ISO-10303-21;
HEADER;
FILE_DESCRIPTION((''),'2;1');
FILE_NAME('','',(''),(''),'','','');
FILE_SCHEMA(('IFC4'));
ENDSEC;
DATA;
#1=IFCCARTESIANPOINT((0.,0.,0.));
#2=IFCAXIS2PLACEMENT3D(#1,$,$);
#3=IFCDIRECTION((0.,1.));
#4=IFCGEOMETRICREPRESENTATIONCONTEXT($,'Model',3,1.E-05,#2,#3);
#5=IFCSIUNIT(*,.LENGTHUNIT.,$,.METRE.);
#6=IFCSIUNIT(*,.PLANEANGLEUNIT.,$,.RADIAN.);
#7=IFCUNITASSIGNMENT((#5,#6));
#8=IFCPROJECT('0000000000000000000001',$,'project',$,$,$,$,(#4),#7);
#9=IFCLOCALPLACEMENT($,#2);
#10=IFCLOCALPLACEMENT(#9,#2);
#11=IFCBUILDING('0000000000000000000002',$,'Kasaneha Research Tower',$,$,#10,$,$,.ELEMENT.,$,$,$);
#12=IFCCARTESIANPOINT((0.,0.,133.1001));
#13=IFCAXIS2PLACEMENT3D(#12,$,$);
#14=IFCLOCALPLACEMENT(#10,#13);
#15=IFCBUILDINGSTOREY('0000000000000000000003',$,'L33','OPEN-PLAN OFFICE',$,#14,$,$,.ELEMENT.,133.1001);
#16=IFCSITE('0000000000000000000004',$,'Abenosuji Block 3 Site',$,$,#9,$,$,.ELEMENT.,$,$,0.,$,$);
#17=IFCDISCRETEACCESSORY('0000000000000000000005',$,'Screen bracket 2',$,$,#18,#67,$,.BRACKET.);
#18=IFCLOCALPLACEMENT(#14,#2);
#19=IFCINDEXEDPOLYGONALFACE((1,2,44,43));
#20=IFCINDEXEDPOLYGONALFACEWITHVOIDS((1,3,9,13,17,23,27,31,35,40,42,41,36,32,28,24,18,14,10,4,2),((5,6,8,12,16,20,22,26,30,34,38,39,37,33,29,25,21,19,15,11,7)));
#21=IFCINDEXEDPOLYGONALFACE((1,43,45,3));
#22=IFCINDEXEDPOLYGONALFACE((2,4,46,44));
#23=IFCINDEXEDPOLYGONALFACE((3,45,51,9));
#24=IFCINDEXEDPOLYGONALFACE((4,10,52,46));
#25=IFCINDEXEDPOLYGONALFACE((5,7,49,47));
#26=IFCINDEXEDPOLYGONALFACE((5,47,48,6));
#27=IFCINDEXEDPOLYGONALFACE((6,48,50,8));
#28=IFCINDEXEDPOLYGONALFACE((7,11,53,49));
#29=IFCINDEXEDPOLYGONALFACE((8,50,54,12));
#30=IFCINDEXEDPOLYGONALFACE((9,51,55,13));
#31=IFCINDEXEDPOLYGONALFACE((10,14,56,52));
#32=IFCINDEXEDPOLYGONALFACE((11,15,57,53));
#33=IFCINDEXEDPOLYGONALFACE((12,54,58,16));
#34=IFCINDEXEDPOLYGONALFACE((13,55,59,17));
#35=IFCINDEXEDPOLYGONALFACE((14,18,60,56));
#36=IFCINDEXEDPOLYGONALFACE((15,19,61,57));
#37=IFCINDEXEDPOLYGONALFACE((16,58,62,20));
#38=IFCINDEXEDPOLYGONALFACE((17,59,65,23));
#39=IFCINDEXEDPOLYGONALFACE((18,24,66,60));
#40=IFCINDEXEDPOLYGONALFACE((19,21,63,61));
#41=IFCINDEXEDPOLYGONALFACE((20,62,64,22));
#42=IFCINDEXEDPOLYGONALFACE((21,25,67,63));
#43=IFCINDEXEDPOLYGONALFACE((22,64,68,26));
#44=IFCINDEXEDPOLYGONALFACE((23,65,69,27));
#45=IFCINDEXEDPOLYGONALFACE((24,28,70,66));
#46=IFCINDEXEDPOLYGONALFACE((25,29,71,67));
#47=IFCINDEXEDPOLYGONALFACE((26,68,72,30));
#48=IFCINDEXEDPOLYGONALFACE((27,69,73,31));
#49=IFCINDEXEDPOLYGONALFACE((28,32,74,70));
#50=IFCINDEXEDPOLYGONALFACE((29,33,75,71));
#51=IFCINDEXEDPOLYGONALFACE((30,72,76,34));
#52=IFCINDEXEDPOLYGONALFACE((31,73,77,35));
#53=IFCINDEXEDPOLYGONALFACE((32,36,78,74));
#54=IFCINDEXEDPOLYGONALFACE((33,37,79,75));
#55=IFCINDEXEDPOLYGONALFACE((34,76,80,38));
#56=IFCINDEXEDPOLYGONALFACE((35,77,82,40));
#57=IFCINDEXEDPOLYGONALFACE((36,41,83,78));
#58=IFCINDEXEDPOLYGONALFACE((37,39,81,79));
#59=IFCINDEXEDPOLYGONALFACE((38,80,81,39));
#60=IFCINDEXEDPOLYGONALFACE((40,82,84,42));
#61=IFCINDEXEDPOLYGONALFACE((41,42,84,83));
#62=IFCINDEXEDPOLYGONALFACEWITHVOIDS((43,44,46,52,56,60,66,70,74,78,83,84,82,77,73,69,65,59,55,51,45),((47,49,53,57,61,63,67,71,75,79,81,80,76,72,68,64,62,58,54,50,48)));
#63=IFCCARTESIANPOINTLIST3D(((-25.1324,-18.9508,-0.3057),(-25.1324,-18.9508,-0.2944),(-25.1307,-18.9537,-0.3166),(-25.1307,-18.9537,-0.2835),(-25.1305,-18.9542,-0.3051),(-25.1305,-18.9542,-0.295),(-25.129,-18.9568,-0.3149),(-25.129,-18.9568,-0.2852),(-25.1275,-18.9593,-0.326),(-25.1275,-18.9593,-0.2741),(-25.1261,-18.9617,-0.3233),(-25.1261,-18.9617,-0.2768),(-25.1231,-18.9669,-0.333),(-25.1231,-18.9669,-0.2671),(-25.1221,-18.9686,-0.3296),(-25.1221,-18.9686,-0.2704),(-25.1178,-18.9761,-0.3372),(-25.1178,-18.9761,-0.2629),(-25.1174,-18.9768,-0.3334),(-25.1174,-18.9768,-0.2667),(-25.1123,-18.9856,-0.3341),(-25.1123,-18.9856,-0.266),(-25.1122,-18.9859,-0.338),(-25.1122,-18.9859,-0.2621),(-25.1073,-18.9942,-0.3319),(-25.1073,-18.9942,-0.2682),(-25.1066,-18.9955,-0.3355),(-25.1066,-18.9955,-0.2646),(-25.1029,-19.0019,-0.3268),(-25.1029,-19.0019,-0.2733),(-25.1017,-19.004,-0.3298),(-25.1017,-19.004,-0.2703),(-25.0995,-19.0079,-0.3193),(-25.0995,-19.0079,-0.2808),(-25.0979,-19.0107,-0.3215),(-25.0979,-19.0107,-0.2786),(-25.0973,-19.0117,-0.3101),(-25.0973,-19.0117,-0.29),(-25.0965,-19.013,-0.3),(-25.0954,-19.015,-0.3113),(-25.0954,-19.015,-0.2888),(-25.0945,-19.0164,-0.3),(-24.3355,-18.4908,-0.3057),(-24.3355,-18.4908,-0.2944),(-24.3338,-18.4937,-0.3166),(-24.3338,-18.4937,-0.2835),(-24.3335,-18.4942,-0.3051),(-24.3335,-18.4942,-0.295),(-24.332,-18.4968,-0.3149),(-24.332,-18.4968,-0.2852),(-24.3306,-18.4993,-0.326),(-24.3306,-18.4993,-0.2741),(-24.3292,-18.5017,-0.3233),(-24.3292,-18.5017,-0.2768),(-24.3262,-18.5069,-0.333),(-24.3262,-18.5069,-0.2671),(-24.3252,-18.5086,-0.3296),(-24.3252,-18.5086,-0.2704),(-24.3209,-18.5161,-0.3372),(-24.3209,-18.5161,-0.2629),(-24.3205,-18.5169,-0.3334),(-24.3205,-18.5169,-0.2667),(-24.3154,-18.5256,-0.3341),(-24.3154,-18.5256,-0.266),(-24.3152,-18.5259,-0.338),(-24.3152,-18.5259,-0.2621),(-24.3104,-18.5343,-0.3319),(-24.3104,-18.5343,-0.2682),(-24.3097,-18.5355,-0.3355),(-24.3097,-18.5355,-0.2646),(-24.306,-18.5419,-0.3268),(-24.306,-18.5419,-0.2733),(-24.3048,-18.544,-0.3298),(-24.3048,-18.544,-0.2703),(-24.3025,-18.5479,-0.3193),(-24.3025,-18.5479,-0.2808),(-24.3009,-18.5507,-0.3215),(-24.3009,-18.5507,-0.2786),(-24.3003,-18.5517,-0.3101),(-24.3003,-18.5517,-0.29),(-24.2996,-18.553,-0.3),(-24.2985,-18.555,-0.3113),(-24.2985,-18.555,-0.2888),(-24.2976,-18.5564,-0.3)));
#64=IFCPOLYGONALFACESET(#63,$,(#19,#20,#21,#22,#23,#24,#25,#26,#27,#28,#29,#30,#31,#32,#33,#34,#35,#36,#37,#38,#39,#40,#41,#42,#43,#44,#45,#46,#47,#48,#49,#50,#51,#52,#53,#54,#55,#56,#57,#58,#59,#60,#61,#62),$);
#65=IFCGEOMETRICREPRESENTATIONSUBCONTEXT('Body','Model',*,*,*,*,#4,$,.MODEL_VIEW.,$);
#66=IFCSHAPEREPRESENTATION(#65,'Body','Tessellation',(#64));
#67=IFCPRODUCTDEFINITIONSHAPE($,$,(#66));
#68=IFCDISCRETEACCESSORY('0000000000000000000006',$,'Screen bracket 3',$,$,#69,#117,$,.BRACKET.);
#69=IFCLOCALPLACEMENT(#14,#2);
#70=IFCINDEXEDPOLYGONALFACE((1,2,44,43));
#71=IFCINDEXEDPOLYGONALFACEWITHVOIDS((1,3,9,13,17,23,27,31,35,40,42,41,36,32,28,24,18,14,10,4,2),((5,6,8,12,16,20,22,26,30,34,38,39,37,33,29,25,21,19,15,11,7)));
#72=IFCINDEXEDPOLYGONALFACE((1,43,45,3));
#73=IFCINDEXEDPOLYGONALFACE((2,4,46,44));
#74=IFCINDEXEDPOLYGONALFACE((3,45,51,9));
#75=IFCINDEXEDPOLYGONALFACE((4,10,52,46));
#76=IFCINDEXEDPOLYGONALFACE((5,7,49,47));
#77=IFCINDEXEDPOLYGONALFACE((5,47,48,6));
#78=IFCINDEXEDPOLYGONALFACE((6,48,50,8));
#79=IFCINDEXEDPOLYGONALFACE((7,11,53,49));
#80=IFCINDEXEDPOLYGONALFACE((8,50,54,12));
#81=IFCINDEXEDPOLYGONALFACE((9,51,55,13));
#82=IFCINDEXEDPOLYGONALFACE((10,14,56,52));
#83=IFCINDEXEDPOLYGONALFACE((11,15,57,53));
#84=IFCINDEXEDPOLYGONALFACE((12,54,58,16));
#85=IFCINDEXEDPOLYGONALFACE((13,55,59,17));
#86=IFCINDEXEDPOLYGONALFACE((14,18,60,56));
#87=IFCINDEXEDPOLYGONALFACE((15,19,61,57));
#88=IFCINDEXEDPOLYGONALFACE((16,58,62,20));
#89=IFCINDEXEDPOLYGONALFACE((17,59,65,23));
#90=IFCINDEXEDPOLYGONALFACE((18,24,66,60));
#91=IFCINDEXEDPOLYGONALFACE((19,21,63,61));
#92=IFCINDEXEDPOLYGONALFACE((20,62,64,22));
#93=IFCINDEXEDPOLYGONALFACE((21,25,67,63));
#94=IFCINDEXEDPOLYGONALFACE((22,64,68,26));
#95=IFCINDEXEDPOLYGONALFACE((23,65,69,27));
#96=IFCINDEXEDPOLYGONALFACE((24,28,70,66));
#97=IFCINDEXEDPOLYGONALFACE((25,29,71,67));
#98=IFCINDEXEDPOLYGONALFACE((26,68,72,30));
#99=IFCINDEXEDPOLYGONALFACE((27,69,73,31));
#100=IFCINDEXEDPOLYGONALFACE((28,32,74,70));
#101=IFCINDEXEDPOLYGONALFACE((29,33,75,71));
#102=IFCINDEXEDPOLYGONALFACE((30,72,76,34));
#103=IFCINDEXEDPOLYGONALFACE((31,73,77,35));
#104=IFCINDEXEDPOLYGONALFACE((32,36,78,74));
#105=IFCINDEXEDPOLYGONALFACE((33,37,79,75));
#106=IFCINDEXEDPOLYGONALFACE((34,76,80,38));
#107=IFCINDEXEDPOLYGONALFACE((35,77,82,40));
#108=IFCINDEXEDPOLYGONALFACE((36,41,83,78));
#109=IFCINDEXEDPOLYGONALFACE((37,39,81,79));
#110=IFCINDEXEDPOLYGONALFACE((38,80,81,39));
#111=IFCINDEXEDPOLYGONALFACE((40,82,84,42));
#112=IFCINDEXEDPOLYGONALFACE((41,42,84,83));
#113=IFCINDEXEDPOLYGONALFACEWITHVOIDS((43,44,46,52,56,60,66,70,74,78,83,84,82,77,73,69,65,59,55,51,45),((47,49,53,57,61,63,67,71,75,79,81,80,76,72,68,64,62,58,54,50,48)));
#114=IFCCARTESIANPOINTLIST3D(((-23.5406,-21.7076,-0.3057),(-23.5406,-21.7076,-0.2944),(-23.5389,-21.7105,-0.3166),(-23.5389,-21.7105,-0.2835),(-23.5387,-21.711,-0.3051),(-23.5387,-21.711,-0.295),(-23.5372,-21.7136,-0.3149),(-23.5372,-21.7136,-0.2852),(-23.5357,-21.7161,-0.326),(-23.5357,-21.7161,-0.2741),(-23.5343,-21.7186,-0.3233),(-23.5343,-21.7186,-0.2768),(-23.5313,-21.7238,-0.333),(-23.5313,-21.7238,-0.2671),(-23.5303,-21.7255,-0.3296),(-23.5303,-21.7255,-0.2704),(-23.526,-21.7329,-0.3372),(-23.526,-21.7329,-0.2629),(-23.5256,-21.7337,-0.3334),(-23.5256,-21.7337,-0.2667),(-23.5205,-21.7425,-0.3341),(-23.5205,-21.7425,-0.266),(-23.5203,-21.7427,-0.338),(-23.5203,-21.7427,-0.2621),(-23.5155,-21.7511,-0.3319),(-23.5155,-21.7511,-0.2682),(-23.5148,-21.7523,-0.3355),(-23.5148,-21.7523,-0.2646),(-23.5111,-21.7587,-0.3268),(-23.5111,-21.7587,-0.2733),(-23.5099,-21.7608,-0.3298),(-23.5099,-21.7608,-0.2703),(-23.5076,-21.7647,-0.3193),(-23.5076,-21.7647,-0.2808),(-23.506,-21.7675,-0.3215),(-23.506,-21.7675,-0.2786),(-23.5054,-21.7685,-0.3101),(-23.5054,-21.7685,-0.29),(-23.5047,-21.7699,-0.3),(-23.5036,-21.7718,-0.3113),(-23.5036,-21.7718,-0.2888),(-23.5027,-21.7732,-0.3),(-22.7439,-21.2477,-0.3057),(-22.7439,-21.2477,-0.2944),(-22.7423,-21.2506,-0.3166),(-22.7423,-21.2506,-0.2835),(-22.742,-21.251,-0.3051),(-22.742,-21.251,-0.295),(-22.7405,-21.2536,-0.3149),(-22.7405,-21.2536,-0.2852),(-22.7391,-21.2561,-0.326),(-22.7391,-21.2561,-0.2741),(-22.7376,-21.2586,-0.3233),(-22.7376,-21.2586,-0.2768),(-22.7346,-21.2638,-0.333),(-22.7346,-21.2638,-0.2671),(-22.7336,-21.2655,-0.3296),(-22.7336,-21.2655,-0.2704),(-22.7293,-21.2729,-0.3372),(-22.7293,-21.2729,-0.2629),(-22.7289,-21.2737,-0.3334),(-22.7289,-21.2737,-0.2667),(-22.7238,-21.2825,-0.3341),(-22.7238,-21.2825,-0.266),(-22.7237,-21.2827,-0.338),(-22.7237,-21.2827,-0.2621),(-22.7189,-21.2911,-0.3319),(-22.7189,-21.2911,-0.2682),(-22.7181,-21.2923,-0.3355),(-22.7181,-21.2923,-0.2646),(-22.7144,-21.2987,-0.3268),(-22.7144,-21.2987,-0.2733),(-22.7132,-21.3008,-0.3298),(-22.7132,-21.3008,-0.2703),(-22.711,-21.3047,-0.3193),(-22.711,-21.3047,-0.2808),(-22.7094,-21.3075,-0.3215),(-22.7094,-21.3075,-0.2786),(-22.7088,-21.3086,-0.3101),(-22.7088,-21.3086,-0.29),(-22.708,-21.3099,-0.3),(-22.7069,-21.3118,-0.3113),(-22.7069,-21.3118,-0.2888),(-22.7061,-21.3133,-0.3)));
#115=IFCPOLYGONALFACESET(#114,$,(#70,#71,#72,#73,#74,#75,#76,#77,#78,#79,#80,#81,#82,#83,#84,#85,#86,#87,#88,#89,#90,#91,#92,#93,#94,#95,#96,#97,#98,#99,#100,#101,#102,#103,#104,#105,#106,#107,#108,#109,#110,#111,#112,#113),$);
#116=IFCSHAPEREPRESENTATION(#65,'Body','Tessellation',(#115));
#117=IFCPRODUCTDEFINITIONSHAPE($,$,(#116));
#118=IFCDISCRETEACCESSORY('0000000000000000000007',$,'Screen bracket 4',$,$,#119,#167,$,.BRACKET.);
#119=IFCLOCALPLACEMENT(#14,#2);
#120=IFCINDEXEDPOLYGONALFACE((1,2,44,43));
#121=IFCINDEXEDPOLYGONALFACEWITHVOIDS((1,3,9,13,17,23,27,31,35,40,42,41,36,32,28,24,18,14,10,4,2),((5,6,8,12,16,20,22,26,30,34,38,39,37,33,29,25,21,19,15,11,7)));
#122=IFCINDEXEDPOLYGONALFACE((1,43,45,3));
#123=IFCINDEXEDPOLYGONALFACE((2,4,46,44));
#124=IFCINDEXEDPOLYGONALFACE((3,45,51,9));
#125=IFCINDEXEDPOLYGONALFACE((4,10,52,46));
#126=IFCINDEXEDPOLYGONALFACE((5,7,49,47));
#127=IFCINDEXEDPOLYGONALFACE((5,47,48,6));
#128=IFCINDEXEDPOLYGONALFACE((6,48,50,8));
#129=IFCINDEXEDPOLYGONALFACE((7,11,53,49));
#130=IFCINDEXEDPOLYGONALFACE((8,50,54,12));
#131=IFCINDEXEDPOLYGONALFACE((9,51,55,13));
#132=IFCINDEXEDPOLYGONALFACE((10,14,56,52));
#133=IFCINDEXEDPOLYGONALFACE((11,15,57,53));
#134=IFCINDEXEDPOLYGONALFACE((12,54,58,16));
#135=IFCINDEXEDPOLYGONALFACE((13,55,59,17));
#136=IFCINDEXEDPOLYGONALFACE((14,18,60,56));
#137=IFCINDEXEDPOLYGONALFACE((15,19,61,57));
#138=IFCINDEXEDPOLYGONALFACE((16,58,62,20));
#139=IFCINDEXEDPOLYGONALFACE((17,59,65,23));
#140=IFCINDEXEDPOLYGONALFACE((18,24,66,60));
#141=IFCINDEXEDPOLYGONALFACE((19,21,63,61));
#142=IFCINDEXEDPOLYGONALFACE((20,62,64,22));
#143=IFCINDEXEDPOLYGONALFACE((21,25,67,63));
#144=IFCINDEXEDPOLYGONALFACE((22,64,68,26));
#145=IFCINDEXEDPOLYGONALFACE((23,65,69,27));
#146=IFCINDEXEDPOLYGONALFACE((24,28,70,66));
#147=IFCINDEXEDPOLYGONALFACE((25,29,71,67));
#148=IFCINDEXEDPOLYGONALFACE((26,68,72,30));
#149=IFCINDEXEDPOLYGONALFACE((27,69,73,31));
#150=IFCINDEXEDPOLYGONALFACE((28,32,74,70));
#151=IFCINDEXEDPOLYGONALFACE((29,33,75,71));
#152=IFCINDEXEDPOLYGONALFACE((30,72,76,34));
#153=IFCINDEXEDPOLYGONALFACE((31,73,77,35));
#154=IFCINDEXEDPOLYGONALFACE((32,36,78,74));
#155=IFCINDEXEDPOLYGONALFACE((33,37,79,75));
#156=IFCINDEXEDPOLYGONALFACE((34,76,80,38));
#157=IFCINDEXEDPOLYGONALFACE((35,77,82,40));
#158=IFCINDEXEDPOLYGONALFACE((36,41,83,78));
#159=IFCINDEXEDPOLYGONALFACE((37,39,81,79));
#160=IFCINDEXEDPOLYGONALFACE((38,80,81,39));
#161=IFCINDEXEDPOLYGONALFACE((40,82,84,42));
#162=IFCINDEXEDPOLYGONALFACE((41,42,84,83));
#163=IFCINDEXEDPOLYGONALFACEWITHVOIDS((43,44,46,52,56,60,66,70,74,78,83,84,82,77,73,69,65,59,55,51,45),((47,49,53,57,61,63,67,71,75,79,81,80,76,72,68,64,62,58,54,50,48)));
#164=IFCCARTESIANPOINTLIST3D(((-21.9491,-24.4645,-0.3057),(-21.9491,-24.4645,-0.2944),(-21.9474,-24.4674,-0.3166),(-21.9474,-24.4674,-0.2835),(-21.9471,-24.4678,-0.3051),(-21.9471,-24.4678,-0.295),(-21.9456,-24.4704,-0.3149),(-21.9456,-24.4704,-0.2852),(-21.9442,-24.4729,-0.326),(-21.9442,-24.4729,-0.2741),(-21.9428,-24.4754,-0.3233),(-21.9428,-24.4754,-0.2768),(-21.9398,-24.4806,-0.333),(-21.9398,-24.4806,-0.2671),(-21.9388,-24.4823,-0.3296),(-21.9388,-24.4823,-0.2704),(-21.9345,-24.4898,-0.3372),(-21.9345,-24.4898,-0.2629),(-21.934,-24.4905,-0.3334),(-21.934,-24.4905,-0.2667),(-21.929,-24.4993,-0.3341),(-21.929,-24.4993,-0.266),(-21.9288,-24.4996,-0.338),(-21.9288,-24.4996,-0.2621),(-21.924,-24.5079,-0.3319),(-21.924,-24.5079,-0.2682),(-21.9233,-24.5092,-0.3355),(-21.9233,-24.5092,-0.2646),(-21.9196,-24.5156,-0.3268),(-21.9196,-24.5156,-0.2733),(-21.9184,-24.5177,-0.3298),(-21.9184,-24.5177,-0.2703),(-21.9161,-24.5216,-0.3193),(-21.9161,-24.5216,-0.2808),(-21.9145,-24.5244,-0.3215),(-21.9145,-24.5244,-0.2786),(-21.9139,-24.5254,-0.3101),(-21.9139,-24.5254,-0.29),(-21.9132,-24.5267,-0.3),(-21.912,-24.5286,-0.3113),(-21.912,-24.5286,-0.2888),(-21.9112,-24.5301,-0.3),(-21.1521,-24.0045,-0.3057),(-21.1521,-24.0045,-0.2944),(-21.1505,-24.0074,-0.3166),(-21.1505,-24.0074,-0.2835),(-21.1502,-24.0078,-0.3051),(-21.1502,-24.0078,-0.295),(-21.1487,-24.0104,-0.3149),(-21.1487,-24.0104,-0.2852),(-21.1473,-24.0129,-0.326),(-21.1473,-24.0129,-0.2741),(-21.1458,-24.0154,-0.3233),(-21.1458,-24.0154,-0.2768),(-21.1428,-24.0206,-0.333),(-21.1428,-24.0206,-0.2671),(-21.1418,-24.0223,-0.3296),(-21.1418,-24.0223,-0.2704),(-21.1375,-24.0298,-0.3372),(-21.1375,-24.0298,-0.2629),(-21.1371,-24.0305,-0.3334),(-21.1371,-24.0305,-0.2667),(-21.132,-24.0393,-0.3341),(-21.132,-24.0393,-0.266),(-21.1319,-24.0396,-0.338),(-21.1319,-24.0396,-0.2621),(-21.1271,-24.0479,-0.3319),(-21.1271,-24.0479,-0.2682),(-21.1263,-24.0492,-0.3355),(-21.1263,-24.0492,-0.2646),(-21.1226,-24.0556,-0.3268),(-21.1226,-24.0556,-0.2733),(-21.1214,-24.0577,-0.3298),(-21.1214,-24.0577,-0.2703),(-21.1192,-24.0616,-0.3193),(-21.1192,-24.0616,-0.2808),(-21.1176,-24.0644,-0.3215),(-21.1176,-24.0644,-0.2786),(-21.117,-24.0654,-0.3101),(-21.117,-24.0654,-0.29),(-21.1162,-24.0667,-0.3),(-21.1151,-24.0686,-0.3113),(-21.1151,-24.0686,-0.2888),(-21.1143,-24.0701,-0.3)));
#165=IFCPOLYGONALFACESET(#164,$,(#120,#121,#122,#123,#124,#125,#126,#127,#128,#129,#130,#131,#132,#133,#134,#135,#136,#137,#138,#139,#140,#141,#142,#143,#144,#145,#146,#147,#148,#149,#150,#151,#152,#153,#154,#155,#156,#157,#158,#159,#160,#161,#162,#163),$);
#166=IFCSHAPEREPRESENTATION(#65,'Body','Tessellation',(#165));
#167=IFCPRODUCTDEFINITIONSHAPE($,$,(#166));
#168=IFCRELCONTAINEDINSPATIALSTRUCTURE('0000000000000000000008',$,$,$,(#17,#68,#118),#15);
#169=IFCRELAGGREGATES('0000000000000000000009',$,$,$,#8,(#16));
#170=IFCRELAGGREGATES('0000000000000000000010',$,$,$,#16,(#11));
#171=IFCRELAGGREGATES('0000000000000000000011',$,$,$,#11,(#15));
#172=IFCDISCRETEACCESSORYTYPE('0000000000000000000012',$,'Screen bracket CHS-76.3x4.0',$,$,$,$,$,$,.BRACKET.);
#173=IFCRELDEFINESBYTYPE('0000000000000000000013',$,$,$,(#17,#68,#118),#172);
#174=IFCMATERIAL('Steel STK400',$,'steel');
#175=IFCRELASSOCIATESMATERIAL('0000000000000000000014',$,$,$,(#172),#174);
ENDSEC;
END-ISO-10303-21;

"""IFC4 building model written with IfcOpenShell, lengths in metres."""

from ifc_helpers import new_model, si_unit, direction, frame, origin, origin_2d, place, context, subcontext, project, spatial, hollow_circle, extrude, material, material_profile, profile_set, type_object, element, save


model = new_model("IFC4")

# Units and contexts
model_context = context("Model", 3, precision=1e-05, world=origin(), true_north=direction((0.0, 1.0)))
body_context = subcontext(model_context, "Body", "Model", "MODEL_VIEW")
ifc_project = project(units=[si_unit("LENGTHUNIT", "METRE"), si_unit("PLANEANGLEUNIT", "RADIAN")], contexts=[model_context])

# Site, building, storey
site_placement = place(None, origin())
site = spatial("IfcSite", under=ifc_project, at=site_placement, Name="Abenosuji Block 3 Site", CompositionType="ELEMENT", RefElevation=0.0)
building_placement = place(site_placement, origin())
building = spatial("IfcBuilding", under=site, at=building_placement, Name="Kasaneha Research Tower", CompositionType="ELEMENT")
storey_placement = place(building_placement, frame((0.0, 0.0, 133.1001)))
storey = spatial("IfcBuildingStorey", under=building, at=storey_placement, Name="L33", Description="OPEN-PLAN OFFICE", CompositionType="ELEMENT", Elevation=133.1001)

# Discrete accessories
ifc_material_1 = material(Name="Steel STK400", Category="steel")
ifc_material_profile_1 = material_profile(ifc_material_1, hollow_circle(Radius=0.0381, WallThickness=0.0039, at=origin_2d()), Name="CHS-76.3x4.0")
ifc_profile_set_1 = profile_set([ifc_material_profile_1], Name="Steel STK400")
discrete_accessory_type = type_object("IfcDiscreteAccessoryType", Name="Screen bracket CHS-76.3x4.0", PredefinedType="BRACKET", material=ifc_profile_set_1)
discrete_accessory_1_placement = place(storey_placement, frame((-24.3167, -18.5234, -0.3), z_axis=(-0.86608, -0.499906, 0.0), x_axis=(0.499906, -0.86608, 0.0)))
element("IfcDiscreteAccessory", 1, at=discrete_accessory_1_placement, inside=storey, type_object=discrete_accessory_type, Name="Screen bracket 2", PredefinedType="BRACKET", context=body_context, shape_type="SweptSolid", body=[
    extrude(hollow_circle(Radius=0.0381, WallThickness=0.0039, at=origin_2d()), origin(), (0.0, 0.0, 1.0), 0.9202),
])
discrete_accessory_2_placement = place(storey_placement, frame((-22.7251, -21.2803, -0.3), z_axis=(-0.866013, -0.500021, 0.0), x_axis=(0.500021, -0.866013, 0.0)))
element("IfcDiscreteAccessory", 2, at=discrete_accessory_2_placement, inside=storey, type_object=discrete_accessory_type, Name="Screen bracket 3", PredefinedType="BRACKET", context=body_context, shape_type="SweptSolid", body=[
    extrude(hollow_circle(Radius=0.0381, WallThickness=0.0039, at=origin_2d()), origin(), (0.0, 0.0, 1.0), 0.9199),
])
discrete_accessory_3_placement = place(storey_placement, frame((-21.1333, -24.0371, -0.3), z_axis=(-0.86608, -0.499906, 0.0), x_axis=(0.499906, -0.86608, 0.0)))
element("IfcDiscreteAccessory", 3, at=discrete_accessory_3_placement, inside=storey, type_object=discrete_accessory_type, Name="Screen bracket 4", PredefinedType="BRACKET", context=body_context, shape_type="SweptSolid", body=[
    extrude(hollow_circle(Radius=0.0381, WallThickness=0.0039, at=origin_2d()), origin(), (0.0, 0.0, 1.0), 0.9202),
])

save(model, "model.ifc")
